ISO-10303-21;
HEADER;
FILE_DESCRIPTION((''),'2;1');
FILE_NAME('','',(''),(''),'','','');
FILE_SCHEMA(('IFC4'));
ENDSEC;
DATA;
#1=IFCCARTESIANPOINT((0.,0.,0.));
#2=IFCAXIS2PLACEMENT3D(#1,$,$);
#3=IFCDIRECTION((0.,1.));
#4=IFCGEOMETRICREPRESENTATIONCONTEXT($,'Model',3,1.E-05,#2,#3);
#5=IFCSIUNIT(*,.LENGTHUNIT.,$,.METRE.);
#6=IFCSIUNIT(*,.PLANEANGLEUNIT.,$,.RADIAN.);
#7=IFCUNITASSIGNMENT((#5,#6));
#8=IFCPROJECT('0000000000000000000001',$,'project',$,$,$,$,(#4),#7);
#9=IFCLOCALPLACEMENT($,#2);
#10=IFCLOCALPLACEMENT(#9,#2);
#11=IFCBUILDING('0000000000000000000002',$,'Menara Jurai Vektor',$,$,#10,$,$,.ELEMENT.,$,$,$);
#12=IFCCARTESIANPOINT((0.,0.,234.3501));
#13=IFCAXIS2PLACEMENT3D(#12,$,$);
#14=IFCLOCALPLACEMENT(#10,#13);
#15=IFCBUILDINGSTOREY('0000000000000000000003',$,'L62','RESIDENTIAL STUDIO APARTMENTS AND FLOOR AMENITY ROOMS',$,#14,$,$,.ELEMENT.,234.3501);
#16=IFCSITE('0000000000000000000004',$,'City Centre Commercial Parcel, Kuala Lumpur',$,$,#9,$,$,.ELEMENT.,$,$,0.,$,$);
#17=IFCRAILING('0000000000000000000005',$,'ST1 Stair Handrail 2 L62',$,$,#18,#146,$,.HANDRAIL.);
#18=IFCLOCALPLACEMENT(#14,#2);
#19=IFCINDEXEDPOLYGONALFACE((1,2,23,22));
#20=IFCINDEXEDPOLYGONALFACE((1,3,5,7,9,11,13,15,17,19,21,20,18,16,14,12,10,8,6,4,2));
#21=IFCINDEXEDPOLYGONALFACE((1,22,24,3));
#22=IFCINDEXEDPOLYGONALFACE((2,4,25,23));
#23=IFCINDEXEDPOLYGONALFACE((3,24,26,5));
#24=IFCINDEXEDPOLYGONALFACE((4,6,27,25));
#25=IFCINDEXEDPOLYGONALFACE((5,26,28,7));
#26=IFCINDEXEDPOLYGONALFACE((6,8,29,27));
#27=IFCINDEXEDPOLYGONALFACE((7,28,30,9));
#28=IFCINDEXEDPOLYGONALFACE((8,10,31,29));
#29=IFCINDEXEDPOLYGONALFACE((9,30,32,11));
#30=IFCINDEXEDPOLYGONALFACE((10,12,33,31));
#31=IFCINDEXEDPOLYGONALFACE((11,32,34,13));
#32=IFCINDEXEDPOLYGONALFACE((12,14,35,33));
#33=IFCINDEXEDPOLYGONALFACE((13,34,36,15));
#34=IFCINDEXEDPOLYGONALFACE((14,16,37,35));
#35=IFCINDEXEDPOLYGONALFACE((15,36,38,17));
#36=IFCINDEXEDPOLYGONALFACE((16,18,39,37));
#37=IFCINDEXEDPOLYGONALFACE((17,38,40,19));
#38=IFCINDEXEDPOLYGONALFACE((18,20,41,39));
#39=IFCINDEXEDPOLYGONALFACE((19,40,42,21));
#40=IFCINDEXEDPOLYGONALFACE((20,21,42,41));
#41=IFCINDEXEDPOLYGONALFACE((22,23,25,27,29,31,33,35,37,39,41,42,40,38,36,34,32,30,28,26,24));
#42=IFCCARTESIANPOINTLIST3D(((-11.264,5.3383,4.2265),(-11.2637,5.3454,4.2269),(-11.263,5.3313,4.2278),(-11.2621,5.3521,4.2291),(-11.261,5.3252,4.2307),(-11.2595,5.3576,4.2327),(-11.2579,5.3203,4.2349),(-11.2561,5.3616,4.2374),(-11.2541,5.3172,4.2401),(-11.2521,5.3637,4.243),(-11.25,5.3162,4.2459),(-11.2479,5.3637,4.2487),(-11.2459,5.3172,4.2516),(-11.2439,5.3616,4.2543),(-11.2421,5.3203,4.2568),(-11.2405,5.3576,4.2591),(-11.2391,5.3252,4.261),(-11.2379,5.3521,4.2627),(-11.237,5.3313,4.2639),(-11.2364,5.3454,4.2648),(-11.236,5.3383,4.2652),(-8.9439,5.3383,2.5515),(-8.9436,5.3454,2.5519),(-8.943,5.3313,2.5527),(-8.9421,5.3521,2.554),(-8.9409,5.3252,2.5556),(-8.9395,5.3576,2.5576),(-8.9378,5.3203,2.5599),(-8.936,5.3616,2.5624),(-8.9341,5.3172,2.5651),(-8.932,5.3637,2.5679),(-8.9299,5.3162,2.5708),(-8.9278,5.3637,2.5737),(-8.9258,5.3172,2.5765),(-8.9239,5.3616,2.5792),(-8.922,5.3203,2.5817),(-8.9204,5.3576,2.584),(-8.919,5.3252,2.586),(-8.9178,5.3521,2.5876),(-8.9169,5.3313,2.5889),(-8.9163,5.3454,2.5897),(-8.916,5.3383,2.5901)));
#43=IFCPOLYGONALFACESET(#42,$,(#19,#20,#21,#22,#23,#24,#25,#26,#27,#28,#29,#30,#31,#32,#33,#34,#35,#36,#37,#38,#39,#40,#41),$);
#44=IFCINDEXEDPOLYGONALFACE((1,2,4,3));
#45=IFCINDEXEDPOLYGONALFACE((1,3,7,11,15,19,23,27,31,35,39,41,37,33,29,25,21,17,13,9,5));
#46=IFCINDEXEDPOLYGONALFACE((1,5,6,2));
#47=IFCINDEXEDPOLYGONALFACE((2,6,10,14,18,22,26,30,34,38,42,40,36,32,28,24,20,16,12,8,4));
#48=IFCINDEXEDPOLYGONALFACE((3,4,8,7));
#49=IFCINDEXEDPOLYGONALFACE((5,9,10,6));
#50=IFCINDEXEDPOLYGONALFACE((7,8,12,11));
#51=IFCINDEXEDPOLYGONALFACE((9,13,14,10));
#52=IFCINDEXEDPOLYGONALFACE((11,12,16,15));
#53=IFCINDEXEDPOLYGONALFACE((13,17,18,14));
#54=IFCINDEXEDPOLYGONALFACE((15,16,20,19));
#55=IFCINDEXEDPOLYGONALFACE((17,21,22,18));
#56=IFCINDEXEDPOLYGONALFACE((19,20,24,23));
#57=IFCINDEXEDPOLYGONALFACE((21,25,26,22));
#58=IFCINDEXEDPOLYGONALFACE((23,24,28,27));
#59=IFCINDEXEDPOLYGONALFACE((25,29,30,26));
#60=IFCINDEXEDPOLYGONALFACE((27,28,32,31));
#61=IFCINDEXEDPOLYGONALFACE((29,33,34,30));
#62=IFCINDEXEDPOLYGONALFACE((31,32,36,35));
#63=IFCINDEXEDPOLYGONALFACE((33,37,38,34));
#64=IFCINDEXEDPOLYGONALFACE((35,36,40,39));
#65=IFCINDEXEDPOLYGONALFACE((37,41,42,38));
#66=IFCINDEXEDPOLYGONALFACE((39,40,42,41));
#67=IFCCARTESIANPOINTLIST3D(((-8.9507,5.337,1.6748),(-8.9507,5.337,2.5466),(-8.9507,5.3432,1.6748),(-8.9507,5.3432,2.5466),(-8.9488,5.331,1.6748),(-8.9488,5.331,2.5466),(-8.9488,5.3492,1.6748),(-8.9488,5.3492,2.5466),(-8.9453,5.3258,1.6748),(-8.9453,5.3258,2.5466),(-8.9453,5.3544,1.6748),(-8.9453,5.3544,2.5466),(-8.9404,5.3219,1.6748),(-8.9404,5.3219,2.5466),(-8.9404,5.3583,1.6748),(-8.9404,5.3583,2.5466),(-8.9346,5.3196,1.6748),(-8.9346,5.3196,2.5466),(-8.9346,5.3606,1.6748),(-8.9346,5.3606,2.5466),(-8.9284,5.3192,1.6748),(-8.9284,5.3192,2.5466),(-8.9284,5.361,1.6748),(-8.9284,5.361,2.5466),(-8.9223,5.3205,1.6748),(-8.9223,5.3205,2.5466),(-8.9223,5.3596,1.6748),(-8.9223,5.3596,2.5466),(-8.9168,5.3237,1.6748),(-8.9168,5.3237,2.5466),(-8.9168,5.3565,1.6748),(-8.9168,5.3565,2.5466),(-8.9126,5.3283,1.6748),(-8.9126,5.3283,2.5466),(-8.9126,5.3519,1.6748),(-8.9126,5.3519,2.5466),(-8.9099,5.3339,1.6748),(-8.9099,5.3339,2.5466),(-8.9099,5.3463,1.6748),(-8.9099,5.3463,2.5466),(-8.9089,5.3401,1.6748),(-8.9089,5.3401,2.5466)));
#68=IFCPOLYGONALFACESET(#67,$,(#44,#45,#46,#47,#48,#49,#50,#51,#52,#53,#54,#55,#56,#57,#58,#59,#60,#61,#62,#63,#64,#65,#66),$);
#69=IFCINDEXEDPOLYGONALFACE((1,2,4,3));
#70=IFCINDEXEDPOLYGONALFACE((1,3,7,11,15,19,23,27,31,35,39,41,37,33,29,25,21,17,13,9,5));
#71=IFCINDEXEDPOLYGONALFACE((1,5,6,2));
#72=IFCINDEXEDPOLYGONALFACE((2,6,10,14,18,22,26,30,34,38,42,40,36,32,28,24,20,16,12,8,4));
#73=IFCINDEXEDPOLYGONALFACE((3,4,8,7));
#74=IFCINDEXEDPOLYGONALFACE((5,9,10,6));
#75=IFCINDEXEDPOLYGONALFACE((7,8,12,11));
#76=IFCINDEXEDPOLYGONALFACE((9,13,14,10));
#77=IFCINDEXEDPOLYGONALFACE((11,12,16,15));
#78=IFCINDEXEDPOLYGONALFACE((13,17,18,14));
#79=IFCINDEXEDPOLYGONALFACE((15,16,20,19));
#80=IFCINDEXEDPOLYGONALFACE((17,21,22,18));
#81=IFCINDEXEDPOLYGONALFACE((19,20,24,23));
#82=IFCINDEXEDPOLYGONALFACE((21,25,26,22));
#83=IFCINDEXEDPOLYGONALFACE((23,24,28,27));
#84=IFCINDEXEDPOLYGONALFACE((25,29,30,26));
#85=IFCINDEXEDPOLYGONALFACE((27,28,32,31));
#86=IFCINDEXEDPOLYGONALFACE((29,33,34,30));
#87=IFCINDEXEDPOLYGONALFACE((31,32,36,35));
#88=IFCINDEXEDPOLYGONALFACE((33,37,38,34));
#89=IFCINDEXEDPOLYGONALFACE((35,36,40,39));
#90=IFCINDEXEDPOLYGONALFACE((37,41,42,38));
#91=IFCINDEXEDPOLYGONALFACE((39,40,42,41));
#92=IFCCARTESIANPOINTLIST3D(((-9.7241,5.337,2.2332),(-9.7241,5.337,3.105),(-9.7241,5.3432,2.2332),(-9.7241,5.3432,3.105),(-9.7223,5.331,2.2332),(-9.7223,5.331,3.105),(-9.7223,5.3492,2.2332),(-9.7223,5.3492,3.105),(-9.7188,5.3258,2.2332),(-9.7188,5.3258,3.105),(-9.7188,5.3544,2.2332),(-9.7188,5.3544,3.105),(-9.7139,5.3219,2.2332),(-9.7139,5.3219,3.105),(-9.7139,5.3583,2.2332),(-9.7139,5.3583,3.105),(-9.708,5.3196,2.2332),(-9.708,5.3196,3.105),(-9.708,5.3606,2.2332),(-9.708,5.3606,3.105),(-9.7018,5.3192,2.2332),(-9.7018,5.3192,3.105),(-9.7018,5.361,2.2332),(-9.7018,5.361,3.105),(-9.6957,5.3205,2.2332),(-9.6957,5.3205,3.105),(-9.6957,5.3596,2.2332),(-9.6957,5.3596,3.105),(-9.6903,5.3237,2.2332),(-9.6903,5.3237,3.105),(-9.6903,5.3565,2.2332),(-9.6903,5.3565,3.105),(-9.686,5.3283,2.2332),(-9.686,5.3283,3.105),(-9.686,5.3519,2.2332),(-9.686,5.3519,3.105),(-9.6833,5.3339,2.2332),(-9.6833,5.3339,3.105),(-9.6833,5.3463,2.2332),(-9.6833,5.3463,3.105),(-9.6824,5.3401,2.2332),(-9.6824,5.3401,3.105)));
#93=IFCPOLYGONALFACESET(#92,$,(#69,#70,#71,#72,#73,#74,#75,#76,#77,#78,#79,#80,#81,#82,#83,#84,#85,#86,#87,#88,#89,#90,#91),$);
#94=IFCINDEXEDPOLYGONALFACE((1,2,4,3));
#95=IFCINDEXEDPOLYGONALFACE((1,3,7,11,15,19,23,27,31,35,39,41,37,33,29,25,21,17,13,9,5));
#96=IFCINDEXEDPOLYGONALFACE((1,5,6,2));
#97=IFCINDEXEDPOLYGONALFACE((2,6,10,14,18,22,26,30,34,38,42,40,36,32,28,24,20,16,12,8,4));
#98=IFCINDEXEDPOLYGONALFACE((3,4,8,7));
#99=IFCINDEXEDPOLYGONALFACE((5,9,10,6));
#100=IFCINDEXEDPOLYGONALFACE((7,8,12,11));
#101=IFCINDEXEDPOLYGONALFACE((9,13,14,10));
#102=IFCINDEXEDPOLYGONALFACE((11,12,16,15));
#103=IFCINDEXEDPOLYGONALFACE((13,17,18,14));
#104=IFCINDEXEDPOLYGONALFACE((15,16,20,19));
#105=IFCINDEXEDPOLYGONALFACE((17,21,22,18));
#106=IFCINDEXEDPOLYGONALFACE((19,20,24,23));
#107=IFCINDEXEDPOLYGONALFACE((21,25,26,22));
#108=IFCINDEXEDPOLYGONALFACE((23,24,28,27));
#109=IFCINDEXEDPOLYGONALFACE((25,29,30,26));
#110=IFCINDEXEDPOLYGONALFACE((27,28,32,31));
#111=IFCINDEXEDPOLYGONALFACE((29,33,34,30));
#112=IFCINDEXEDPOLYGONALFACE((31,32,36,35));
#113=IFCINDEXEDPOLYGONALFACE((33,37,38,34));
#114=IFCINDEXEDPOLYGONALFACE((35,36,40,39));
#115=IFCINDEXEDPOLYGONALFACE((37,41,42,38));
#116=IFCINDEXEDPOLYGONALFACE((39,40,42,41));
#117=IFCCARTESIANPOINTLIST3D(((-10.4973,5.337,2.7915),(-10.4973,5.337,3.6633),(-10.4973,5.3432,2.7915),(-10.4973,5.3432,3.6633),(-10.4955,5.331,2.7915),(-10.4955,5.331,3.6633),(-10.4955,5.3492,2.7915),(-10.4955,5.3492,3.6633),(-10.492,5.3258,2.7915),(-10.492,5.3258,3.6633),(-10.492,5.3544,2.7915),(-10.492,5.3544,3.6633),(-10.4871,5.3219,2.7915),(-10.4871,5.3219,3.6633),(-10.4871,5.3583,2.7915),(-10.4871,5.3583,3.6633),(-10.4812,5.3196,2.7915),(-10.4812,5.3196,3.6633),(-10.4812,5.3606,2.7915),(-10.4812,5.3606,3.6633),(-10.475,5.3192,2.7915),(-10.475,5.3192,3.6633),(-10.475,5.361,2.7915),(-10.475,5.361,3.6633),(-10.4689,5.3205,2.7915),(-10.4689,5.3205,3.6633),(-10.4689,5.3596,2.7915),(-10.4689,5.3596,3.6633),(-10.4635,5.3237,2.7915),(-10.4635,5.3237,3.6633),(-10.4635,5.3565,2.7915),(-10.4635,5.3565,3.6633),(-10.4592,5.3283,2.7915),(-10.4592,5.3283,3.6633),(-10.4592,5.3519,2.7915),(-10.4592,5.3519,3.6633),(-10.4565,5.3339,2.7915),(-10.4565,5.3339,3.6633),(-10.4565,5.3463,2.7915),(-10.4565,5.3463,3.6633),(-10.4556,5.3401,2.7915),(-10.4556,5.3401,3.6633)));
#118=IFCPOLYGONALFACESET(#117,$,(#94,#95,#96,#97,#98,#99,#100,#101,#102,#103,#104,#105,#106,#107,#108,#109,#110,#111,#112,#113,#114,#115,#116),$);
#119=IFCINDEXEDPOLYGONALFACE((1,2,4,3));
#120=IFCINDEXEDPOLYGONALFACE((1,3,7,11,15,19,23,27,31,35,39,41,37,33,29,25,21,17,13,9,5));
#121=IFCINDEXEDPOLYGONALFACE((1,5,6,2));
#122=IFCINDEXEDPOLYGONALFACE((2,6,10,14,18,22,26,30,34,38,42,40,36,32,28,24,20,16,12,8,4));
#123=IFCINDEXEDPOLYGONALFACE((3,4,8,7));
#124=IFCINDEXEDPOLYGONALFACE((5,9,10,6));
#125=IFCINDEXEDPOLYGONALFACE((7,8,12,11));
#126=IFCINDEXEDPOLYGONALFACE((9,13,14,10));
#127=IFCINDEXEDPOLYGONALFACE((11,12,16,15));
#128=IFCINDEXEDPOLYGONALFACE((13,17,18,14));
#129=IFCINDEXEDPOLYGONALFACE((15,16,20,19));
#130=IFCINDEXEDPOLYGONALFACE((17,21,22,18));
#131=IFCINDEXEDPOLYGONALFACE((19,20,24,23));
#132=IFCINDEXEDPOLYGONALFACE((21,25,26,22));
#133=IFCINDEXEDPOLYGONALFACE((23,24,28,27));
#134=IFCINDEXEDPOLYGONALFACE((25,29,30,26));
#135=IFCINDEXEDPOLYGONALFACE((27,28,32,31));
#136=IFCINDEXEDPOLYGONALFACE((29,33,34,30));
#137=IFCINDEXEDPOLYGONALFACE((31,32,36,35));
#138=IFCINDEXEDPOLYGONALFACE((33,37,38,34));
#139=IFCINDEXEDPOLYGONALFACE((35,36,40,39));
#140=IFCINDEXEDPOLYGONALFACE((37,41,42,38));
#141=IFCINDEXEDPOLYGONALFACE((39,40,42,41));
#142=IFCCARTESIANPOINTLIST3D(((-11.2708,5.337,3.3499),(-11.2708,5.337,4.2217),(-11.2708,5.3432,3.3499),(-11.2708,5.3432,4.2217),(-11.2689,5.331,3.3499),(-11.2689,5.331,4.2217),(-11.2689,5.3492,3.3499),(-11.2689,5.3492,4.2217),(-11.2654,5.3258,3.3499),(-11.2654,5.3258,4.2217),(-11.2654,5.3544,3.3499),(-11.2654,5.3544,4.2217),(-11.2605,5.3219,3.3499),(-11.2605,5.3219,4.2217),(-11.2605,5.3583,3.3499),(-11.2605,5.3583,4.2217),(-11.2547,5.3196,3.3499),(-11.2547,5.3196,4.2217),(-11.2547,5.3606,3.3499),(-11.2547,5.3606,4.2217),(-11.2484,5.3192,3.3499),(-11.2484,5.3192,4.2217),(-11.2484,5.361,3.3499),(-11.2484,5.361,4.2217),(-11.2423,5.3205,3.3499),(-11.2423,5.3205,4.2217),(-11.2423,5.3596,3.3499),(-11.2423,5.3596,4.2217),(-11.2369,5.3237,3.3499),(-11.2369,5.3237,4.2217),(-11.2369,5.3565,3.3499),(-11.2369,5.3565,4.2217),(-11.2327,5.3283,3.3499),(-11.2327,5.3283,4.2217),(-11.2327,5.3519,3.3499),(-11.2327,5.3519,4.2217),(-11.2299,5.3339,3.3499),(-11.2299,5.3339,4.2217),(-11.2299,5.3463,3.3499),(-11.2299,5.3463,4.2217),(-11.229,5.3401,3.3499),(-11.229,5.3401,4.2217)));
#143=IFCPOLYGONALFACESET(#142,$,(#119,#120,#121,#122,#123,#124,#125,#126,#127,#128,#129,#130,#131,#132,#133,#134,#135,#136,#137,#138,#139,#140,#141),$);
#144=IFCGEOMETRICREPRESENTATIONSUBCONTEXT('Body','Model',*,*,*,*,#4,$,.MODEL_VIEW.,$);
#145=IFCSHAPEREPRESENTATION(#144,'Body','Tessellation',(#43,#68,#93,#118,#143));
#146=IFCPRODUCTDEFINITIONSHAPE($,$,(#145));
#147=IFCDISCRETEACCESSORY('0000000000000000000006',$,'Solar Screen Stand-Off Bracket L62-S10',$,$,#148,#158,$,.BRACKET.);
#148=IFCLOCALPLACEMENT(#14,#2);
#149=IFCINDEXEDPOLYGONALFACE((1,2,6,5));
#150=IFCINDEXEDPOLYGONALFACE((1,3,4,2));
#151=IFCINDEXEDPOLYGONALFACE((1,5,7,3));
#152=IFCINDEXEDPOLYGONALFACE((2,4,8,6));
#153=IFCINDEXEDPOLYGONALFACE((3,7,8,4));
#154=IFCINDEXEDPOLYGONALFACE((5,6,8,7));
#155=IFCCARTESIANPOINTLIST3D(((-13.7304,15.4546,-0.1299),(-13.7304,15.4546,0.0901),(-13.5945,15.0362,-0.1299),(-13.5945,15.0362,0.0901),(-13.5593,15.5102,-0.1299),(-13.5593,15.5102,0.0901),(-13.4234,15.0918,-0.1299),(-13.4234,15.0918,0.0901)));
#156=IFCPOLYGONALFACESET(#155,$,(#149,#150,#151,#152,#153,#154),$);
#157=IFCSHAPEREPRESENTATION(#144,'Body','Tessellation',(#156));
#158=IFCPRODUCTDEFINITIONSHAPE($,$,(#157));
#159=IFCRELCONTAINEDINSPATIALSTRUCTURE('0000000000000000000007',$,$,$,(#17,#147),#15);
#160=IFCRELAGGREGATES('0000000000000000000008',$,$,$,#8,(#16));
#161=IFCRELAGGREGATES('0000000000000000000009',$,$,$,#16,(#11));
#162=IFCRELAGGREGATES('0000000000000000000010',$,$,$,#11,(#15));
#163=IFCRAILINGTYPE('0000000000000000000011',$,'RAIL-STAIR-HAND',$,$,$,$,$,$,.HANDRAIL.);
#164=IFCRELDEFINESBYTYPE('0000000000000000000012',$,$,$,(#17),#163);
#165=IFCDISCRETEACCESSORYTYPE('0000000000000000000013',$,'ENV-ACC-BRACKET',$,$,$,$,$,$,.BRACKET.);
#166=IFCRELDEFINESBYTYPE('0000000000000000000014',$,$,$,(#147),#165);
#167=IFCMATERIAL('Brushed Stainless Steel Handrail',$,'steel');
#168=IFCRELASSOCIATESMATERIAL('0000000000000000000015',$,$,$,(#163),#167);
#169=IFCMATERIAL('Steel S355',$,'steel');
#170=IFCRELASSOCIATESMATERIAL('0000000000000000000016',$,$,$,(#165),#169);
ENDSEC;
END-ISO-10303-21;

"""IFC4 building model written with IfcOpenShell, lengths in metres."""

from ifc_helpers import new_model, si_unit, direction, frame, origin, origin_2d, place, context, subcontext, project, spatial, rectangle, circle, extrude, material, type_object, element, save


model = new_model("IFC4")

# Units and contexts
model_context = context("Model", 3, precision=1e-05, world=origin(), true_north=direction((0.0, 1.0)))
body_context = subcontext(model_context, "Body", "Model", "MODEL_VIEW")
ifc_project = project(units=[si_unit("LENGTHUNIT", "METRE"), si_unit("PLANEANGLEUNIT", "RADIAN")], contexts=[model_context])

# Site, building, storey
site_placement = place(None, origin())
site = spatial("IfcSite", under=ifc_project, at=site_placement, Name="City Centre Commercial Parcel, Kuala Lumpur", CompositionType="ELEMENT", RefElevation=0.0)
building_placement = place(site_placement, origin())
building = spatial("IfcBuilding", under=site, at=building_placement, Name="Menara Jurai Vektor", CompositionType="ELEMENT")
storey_placement = place(building_placement, frame((0.0, 0.0, 234.3501)))
storey = spatial("IfcBuildingStorey", under=building, at=storey_placement, Name="L62", Description="RESIDENTIAL STUDIO APARTMENTS AND FLOOR AMENITY ROOMS", CompositionType="ELEMENT", Elevation=234.3501)

# Shared definitions
ifc_material_1 = material(Name="Steel S355", Category="steel")

# Railing
ifc_material_2 = material(Name="Brushed Stainless Steel Handrail", Category="steel")
railing_type = type_object("IfcRailingType", Name="RAIL-STAIR-HAND", PredefinedType="HANDRAIL", material=ifc_material_2)
railing_placement = place(storey_placement, frame((-8.9299, 5.3401, 1.6748)))
element("IfcRailing", 1, at=railing_placement, inside=storey, type_object=railing_type, Name="ST1 Stair Handrail 2 L62", PredefinedType="HANDRAIL", context=body_context, shape_type="SweptSolid", body=[
    extrude(circle(Radius=0.0239, at=origin_2d()), frame((0.0, 0.0, 0.896), z_axis=(-0.810771, 0.0, 0.585363), x_axis=(0.0, -1.0, 0.0)), (0.0, 0.0, 1.0), 2.8616),
    extrude(circle(Radius=0.021, at=origin_2d()), origin(), (0.0, 0.0, 1.0), 0.8718),
    extrude(circle(Radius=0.021, at=origin_2d()), frame((-0.7734, 0.0, 0.5583)), (0.0, 0.0, 1.0), 0.8718),
    extrude(circle(Radius=0.021, at=origin_2d()), frame((-1.5466, 0.0, 1.1167)), (0.0, 0.0, 1.0), 0.8718),
    extrude(circle(Radius=0.021, at=origin_2d()), frame((-2.3201, 0.0, 1.675)), (0.0, 0.0, 1.0), 0.8718),
])

# Discrete accessory
discrete_accessory_type = type_object("IfcDiscreteAccessoryType", Name="ENV-ACC-BRACKET", PredefinedType="BRACKET", material=ifc_material_1)
discrete_accessory_placement = place(storey_placement, frame((-13.5769, 15.2732, -0.1299), z_axis=(0.0, 0.0, 1.0), x_axis=(-0.951057, -0.309017, 0.0)))
element("IfcDiscreteAccessory", 2, at=discrete_accessory_placement, inside=storey, type_object=discrete_accessory_type, Name="Solar Screen Stand-Off Bracket L62-S10", PredefinedType="BRACKET", context=body_context, shape_type="SweptSolid", body=[
    extrude(rectangle(XDim=0.1799, YDim=0.4399, at=origin_2d()), origin(), (0.0, 0.0, 1.0), 0.22),
])

save(model, "model.ifc")
